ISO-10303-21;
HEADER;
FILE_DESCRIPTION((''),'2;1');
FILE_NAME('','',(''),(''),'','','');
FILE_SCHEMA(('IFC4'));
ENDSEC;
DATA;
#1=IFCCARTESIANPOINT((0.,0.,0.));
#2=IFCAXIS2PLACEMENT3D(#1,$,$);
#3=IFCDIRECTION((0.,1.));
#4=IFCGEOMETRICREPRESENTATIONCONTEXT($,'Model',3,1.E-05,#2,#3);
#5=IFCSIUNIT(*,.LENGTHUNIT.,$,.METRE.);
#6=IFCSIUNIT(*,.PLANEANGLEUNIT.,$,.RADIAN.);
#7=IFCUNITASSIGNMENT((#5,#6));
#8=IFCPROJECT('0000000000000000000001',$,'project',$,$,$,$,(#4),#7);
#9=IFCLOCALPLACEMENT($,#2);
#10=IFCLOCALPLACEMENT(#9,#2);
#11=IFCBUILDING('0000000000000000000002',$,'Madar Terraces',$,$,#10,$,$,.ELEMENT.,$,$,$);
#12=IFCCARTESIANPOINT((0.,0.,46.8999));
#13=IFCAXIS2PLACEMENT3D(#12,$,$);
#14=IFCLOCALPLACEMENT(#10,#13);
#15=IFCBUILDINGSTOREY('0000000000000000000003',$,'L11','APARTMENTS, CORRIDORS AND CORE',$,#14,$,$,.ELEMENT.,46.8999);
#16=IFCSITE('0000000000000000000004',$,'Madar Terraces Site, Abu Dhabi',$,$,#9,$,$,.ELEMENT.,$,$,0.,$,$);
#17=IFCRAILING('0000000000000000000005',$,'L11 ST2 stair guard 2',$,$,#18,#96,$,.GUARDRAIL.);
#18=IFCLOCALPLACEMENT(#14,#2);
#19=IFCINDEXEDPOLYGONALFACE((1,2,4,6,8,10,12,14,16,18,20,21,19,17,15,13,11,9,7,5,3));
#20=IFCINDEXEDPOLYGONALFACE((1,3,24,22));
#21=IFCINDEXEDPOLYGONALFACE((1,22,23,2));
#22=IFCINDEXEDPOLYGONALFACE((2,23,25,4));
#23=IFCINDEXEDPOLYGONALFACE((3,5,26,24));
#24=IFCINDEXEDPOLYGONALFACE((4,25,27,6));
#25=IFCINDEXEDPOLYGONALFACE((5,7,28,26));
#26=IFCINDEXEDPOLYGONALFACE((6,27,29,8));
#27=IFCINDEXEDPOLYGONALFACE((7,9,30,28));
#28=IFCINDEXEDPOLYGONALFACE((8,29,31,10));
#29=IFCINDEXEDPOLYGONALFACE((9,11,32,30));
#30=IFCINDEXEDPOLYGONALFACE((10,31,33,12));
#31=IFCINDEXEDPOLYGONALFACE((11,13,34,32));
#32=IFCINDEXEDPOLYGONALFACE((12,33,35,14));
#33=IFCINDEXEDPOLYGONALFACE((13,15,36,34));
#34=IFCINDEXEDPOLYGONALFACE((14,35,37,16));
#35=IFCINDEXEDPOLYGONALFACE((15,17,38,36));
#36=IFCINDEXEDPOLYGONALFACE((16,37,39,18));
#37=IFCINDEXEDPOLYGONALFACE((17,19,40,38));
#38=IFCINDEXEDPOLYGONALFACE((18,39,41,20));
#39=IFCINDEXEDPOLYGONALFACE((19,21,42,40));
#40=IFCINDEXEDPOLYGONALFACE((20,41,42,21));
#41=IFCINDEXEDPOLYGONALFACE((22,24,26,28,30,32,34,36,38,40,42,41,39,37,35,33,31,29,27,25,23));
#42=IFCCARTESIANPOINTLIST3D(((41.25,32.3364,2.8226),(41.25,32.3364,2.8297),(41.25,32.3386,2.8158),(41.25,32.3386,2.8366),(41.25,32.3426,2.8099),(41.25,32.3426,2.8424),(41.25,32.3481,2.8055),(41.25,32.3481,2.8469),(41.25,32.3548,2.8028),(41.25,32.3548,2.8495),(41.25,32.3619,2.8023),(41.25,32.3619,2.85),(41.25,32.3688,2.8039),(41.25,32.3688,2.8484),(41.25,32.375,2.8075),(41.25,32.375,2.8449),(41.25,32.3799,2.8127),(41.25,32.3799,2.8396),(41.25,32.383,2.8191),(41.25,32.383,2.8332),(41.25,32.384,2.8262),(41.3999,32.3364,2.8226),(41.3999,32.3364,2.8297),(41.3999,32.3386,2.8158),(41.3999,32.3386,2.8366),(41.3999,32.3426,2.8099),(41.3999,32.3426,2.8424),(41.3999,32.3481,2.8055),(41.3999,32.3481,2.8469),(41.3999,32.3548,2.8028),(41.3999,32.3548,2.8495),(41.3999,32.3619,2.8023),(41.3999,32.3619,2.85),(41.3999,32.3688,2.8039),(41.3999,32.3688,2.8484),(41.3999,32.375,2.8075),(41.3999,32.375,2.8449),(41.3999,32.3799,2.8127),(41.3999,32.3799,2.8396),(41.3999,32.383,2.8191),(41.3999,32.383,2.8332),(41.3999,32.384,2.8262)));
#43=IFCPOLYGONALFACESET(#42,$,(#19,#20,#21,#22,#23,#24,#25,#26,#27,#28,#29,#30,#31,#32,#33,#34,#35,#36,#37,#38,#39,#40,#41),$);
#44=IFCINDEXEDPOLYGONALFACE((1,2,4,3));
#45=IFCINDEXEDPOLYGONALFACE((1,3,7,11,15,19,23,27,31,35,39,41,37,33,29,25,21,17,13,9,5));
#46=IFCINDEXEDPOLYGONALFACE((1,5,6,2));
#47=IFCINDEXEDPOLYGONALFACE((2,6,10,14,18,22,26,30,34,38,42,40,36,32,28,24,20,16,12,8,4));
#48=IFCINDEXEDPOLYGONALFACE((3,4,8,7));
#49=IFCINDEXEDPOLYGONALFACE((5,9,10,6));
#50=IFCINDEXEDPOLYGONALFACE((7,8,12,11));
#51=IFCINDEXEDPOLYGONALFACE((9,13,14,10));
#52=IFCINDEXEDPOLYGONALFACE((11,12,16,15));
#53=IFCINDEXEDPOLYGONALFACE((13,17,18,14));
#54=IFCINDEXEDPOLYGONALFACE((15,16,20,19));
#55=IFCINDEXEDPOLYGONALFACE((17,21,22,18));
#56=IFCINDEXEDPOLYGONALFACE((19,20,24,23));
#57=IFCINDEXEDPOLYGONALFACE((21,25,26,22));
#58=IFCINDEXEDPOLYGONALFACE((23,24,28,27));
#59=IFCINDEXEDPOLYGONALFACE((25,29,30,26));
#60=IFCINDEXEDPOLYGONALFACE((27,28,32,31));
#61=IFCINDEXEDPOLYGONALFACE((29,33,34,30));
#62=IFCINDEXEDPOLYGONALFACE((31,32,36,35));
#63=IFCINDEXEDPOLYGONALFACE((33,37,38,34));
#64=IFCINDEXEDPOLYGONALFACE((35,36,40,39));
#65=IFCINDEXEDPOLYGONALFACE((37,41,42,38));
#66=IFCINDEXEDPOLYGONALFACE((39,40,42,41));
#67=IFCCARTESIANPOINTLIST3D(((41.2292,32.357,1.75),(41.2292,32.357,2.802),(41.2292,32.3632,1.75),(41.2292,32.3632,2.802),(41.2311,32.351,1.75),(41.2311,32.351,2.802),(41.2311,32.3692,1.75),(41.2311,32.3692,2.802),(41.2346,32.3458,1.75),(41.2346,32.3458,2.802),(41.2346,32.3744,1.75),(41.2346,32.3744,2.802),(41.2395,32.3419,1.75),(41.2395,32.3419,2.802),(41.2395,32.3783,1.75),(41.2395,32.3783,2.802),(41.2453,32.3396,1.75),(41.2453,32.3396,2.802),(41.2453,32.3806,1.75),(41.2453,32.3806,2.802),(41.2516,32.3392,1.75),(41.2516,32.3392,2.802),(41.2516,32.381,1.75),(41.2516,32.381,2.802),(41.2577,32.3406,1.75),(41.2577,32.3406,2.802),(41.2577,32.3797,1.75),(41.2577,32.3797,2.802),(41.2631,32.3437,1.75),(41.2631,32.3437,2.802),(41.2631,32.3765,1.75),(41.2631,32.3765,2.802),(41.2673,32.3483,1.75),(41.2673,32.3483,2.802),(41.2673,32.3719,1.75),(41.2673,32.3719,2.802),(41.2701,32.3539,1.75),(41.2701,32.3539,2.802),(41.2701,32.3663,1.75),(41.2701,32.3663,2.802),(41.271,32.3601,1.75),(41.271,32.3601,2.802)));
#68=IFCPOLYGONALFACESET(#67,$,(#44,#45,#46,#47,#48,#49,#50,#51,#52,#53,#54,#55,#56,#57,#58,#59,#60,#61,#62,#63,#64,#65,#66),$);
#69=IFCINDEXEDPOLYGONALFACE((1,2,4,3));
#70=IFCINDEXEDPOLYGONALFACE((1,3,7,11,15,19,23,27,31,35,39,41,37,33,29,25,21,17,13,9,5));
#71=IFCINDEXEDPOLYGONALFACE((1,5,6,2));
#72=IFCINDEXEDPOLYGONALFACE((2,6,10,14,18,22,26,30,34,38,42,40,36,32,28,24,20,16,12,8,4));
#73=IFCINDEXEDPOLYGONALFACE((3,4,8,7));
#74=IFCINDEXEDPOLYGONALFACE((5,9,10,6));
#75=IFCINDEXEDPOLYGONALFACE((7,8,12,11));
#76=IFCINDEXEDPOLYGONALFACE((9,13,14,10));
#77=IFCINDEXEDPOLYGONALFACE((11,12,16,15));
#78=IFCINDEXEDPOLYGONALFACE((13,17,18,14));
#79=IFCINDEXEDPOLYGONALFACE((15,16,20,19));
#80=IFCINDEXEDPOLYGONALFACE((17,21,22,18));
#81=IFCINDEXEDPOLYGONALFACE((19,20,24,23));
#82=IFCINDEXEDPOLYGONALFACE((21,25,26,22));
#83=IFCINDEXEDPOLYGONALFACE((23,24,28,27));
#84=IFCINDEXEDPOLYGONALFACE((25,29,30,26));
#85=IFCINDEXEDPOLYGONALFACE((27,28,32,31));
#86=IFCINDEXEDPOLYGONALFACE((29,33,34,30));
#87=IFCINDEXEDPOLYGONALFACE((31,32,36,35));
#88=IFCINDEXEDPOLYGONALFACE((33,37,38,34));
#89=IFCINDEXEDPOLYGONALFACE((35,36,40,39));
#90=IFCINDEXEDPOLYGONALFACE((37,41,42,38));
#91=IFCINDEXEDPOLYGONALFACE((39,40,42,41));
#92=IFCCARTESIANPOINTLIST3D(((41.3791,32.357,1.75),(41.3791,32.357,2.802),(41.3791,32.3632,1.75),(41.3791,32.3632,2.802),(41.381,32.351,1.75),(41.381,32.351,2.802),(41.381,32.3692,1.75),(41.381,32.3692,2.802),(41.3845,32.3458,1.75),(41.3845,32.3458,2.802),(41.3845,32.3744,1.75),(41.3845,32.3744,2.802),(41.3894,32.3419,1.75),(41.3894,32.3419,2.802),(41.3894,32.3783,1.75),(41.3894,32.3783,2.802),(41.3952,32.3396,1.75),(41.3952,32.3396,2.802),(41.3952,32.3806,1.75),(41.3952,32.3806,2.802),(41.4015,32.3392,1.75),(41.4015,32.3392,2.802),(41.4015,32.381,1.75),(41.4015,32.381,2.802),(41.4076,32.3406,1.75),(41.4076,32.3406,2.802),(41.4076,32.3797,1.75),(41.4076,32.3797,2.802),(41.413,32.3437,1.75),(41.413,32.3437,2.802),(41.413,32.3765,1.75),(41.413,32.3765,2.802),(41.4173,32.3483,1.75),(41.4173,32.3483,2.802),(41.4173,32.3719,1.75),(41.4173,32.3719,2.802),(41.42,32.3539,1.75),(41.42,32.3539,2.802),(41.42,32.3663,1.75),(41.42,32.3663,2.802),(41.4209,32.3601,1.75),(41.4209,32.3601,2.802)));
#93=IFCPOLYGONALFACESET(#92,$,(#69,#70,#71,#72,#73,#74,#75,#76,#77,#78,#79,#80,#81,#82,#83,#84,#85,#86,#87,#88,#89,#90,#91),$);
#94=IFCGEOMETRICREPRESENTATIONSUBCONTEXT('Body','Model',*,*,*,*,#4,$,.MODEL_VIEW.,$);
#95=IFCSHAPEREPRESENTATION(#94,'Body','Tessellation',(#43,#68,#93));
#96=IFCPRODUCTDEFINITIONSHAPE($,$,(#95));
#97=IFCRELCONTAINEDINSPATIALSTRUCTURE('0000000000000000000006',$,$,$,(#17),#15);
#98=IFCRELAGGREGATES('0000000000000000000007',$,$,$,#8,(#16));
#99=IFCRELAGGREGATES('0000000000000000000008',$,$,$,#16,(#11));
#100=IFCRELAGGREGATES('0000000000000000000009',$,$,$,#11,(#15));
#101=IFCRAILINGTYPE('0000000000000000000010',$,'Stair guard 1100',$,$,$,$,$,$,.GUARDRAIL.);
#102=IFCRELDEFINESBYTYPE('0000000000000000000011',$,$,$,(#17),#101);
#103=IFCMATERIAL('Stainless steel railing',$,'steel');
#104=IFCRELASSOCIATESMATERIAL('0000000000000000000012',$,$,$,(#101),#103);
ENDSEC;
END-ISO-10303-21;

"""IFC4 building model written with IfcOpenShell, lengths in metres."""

from ifc_helpers import new_model, si_unit, direction, frame, origin, origin_2d, place, context, subcontext, project, spatial, circle, extrude, material, type_object, element, save


model = new_model("IFC4")

# Units and contexts
model_context = context("Model", 3, precision=1e-05, world=origin(), true_north=direction((0.0, 1.0)))
body_context = subcontext(model_context, "Body", "Model", "MODEL_VIEW")
ifc_project = project(units=[si_unit("LENGTHUNIT", "METRE"), si_unit("PLANEANGLEUNIT", "RADIAN")], contexts=[model_context])

# Site, building, storey
site_placement = place(None, origin())
site = spatial("IfcSite", under=ifc_project, at=site_placement, Name="Madar Terraces Site, Abu Dhabi", CompositionType="ELEMENT", RefElevation=0.0)
building_placement = place(site_placement, origin())
building = spatial("IfcBuilding", under=site, at=building_placement, Name="Madar Terraces", CompositionType="ELEMENT")
storey_placement = place(building_placement, frame((0.0, 0.0, 46.8999)))
storey = spatial("IfcBuildingStorey", under=building, at=storey_placement, Name="L11", Description="APARTMENTS, CORRIDORS AND CORE", CompositionType="ELEMENT", Elevation=46.8999)

# Railing
ifc_material_1 = material(Name="Stainless steel railing", Category="steel")
railing_type_1 = type_object("IfcRailingType", Name="Stair guard 1100", PredefinedType="GUARDRAIL", material=ifc_material_1)
railing_1_placement = place(storey_placement, frame((41.25, 32.3601, 1.75)))
element("IfcRailing", 1, at=railing_1_placement, inside=storey, type_object=railing_type_1, Name="L11 ST2 stair guard 2", PredefinedType="GUARDRAIL", context=body_context, shape_type="SweptSolid", body=[
    extrude(circle(Radius=0.0239, at=origin_2d()), frame((0.0, 0.0, 1.0762), z_axis=(1.0, 0.0, 0.0), x_axis=(0.0, 1.0, 0.0)), (0.0, 0.0, 1.0), 0.1499),
    extrude(circle(Radius=0.021, at=origin_2d()), origin(), (0.0, 0.0, 1.0), 1.052),
    extrude(circle(Radius=0.021, at=origin_2d()), frame((0.1499, 0.0, 0.0)), (0.0, 0.0, 1.0), 1.052),
])

save(model, "model.ifc")
